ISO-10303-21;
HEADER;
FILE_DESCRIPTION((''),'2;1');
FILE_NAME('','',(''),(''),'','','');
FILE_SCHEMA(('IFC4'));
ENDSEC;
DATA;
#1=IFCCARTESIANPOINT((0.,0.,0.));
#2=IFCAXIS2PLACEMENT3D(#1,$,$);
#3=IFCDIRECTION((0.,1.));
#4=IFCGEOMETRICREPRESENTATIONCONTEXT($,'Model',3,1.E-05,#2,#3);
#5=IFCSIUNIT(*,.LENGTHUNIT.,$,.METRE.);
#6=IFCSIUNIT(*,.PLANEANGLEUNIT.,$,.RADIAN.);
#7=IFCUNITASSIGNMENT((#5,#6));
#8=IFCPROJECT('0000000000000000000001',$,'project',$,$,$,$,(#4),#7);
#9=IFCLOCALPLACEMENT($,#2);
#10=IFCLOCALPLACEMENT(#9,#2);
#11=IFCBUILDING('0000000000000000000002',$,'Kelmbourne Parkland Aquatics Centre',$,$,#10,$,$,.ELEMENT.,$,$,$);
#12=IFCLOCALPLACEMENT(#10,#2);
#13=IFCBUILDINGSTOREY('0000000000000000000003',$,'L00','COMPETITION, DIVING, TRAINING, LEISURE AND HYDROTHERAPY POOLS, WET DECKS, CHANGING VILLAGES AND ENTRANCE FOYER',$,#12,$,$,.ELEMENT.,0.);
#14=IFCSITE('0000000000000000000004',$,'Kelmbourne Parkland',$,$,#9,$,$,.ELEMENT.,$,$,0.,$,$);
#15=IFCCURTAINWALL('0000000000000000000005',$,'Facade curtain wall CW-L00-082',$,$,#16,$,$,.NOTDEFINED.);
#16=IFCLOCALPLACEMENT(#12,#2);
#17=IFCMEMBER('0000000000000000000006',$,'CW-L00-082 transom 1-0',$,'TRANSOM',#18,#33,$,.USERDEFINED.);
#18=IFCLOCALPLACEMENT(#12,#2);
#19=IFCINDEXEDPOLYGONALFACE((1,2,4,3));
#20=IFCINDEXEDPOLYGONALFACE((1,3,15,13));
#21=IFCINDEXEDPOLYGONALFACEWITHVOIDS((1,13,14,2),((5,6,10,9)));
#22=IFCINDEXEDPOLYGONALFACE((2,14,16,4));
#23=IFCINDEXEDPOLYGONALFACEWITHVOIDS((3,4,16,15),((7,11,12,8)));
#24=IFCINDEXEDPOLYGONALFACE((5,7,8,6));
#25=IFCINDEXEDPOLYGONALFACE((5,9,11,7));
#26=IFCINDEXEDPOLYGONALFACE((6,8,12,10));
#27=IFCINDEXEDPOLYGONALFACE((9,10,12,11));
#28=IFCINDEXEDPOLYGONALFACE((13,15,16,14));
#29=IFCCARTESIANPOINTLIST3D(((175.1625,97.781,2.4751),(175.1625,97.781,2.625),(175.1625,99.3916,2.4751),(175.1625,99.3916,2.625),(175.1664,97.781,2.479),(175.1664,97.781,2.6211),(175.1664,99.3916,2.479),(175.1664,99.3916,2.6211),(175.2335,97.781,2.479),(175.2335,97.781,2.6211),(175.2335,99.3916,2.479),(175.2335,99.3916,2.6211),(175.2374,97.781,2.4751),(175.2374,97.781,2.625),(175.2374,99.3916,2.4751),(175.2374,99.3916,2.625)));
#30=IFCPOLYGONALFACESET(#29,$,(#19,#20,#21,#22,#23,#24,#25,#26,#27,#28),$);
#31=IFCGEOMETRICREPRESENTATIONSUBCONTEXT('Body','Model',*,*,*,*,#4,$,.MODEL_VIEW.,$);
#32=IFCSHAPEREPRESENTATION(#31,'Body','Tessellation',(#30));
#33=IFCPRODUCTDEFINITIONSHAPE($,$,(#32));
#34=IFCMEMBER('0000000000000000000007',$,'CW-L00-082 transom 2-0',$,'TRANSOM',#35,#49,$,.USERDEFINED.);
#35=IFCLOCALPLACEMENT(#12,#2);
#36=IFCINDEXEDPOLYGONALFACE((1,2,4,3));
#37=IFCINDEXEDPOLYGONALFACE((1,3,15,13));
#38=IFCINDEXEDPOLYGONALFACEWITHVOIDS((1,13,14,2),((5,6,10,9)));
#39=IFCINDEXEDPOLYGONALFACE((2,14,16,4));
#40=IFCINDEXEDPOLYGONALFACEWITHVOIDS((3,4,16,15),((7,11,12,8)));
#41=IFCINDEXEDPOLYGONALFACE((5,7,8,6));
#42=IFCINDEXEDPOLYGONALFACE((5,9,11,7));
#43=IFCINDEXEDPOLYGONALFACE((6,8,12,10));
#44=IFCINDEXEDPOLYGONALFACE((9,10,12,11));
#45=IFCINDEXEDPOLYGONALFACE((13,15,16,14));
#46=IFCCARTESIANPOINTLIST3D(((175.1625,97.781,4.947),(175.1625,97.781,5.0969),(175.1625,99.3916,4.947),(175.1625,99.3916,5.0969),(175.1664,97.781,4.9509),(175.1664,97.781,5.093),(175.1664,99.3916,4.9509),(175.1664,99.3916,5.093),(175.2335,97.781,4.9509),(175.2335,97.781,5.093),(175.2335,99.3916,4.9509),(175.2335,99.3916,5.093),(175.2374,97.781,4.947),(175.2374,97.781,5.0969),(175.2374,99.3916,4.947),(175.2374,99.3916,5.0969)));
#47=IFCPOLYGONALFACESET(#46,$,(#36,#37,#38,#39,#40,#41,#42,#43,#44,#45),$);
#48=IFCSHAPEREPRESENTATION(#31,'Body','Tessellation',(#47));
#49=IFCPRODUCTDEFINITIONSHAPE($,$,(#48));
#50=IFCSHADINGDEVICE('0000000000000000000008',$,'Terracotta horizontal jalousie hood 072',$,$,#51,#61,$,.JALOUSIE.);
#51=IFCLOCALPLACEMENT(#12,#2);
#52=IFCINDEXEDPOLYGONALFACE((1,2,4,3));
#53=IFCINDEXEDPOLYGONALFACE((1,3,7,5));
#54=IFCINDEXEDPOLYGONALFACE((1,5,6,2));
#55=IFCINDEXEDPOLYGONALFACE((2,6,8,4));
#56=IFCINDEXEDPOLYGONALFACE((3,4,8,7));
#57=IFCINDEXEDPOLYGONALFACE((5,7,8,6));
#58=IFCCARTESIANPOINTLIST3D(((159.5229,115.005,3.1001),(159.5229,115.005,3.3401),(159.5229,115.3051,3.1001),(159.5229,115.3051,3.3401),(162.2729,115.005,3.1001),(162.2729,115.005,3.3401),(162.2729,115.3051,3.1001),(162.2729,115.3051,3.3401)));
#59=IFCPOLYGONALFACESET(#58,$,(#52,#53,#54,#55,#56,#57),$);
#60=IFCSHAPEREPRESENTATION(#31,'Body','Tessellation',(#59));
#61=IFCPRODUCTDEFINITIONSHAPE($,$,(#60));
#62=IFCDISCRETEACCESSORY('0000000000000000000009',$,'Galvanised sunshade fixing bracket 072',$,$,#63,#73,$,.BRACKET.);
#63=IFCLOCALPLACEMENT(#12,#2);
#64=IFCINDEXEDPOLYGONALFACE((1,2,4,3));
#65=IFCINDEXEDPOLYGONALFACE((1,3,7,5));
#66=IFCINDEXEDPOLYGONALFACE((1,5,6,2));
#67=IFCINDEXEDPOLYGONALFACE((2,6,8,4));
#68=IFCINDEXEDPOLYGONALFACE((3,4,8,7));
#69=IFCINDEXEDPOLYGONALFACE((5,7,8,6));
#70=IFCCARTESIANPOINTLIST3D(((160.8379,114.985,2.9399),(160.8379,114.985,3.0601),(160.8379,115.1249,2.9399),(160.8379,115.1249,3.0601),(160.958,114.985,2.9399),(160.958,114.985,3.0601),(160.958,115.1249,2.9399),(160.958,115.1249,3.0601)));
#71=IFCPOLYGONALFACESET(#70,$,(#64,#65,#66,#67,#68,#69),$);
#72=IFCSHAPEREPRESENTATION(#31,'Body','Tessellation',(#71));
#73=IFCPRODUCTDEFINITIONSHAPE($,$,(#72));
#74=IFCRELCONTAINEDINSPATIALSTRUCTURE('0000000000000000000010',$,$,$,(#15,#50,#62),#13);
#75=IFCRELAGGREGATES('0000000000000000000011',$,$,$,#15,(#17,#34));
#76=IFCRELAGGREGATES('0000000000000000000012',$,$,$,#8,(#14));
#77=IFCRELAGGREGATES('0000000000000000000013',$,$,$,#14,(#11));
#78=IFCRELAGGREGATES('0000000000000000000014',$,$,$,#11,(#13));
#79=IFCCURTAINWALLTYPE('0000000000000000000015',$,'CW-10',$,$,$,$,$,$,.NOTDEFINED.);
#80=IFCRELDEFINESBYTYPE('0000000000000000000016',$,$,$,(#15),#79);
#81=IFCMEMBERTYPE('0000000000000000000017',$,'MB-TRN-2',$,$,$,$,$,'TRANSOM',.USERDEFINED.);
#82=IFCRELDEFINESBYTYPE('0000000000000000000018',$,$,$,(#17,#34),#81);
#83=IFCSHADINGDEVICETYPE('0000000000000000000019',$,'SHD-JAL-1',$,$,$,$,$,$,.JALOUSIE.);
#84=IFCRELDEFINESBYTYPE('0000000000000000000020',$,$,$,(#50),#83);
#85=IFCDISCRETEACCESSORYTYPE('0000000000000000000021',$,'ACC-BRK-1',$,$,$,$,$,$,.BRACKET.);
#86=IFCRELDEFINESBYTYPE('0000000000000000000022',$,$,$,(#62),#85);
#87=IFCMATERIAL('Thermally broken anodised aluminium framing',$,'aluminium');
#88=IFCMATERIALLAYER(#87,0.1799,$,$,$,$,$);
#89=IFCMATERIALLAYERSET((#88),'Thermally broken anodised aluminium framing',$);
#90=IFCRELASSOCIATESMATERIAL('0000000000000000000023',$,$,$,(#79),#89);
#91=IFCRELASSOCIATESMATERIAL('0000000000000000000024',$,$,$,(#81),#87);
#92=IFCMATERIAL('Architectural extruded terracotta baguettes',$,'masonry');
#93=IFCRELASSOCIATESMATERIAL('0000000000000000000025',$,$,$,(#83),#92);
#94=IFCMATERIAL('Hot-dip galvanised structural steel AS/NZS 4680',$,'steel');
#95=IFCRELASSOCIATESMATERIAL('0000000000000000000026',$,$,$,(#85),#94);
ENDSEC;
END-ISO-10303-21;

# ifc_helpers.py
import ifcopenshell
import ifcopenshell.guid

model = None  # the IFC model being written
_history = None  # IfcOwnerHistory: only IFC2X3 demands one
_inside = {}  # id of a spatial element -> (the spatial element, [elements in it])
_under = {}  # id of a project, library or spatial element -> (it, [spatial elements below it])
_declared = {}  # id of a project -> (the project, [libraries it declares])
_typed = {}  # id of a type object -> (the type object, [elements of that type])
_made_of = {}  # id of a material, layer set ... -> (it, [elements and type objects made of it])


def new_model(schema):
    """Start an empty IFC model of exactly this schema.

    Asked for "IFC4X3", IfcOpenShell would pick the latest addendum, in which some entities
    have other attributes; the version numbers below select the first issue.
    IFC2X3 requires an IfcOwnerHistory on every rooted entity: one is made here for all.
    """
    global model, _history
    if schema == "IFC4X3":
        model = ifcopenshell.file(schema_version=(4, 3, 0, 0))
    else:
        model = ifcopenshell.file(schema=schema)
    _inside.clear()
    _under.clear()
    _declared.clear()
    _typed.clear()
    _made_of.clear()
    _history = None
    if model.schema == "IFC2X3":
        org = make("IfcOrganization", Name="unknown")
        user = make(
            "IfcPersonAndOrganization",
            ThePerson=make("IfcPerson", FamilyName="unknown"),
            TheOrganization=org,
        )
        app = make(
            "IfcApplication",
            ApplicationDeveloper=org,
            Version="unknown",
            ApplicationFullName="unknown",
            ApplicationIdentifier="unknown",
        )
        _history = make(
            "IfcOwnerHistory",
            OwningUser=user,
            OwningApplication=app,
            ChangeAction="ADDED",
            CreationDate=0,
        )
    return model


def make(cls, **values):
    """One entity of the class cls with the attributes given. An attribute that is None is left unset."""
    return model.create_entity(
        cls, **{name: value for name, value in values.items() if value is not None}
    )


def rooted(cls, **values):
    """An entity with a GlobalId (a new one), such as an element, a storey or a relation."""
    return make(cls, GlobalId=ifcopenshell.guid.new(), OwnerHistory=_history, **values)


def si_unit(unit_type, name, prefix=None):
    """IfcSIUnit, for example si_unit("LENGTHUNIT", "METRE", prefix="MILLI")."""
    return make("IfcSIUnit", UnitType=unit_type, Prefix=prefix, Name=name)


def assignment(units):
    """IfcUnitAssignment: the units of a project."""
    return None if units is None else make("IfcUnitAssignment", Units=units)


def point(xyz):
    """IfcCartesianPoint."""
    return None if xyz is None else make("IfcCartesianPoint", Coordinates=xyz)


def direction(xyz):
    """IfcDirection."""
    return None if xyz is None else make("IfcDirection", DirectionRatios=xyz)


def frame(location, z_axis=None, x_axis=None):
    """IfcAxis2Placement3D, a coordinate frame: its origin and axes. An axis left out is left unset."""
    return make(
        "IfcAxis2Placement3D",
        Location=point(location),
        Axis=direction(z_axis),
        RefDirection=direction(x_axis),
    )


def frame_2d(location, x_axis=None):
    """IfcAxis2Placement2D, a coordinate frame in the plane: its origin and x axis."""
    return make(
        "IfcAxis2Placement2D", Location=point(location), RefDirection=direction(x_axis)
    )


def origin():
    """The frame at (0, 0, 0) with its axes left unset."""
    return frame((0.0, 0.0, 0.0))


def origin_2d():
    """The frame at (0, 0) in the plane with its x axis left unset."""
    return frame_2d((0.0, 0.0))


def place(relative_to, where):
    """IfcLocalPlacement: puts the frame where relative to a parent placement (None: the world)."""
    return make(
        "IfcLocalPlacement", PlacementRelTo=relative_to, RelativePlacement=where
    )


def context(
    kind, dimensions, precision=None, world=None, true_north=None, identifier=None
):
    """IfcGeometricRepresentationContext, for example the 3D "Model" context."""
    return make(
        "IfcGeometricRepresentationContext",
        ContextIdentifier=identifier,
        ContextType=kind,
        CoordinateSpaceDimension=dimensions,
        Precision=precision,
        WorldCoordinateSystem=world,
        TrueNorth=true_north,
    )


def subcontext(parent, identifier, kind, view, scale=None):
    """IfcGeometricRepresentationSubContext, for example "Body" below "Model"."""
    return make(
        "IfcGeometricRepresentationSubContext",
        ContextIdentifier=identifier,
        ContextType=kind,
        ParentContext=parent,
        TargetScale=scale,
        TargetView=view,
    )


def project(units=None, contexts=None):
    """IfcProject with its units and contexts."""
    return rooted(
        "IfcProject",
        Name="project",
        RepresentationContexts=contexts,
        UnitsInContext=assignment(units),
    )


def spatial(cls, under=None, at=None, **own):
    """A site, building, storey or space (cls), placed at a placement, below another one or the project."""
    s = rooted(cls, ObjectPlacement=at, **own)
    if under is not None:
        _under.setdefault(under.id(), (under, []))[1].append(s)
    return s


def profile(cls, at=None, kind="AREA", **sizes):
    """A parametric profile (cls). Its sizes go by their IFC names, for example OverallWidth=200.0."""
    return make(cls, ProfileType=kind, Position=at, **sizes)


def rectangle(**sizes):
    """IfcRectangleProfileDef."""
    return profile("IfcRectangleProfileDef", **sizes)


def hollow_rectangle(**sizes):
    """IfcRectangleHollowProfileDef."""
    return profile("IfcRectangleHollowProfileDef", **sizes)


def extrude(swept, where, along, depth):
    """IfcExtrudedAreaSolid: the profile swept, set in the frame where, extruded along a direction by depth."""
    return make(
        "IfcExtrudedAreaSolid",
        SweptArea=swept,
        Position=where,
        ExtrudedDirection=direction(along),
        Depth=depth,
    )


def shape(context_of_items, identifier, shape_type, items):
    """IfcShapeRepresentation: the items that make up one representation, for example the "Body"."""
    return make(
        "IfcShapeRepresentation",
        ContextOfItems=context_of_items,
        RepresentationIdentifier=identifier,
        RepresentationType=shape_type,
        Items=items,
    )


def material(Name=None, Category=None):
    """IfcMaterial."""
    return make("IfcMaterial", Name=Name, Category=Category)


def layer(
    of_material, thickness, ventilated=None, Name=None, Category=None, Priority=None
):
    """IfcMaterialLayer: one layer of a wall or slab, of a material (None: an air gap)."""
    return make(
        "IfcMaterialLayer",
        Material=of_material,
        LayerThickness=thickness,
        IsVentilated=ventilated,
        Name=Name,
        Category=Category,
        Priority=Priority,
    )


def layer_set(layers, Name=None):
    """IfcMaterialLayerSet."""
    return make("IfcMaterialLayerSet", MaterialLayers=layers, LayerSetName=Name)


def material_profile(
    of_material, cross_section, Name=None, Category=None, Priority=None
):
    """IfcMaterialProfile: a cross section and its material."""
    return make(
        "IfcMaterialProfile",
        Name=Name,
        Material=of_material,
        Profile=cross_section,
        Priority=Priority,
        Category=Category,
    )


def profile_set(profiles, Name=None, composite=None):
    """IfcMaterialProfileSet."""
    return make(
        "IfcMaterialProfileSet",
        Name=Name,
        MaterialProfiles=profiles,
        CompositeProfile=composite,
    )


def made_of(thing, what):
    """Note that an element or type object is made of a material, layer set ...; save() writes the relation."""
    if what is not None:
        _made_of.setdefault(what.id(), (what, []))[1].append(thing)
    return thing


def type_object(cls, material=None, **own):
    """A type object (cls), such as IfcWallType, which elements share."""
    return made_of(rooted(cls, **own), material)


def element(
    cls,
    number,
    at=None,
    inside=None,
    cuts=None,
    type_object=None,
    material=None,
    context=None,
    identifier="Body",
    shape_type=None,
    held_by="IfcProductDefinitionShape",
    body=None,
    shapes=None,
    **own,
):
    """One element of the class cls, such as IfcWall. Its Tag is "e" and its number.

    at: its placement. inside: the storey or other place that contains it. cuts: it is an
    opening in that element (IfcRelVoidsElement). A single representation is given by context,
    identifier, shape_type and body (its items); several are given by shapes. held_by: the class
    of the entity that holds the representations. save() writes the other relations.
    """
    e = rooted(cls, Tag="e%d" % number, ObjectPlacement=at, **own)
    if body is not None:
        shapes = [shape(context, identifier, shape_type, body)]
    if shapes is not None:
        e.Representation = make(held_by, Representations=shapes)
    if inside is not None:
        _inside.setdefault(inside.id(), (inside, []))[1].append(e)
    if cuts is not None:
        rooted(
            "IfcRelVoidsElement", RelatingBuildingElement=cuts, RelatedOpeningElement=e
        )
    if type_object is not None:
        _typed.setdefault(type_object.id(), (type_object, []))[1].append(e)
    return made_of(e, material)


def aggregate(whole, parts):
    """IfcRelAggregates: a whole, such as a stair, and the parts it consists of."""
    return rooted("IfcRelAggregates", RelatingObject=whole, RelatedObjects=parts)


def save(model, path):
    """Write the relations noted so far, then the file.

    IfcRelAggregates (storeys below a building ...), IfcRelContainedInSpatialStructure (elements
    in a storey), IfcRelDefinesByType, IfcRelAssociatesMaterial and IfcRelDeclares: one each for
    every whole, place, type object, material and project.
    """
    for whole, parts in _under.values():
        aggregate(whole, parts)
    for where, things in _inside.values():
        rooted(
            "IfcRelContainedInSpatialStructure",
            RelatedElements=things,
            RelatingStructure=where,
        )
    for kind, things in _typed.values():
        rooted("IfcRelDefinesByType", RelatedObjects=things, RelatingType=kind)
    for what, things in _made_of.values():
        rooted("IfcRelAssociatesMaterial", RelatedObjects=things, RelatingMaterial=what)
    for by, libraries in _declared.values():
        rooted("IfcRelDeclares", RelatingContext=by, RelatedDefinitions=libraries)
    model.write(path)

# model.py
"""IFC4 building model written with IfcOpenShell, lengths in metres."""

from ifc_helpers import new_model, si_unit, direction, frame, origin, origin_2d, place, context, subcontext, project, spatial, rectangle, hollow_rectangle, extrude, material, layer, layer_set, material_profile, profile_set, type_object, element, aggregate, save


model = new_model("IFC4")

# Units and contexts
model_context = context("Model", 3, precision=1e-05, world=origin(), true_north=direction((0.0, 1.0)))
body_context = subcontext(model_context, "Body", "Model", "MODEL_VIEW")
ifc_project = project(units=[si_unit("LENGTHUNIT", "METRE"), si_unit("PLANEANGLEUNIT", "RADIAN")], contexts=[model_context])

# Site, building, storey
site_placement = place(None, origin())
site = spatial("IfcSite", under=ifc_project, at=site_placement, Name="Kelmbourne Parkland", CompositionType="ELEMENT", RefElevation=0.0)
building_placement = place(site_placement, origin())
building = spatial("IfcBuilding", under=site, at=building_placement, Name="Kelmbourne Parkland Aquatics Centre", CompositionType="ELEMENT")
storey_placement = place(building_placement, origin())
storey = spatial("IfcBuildingStorey", under=building, at=storey_placement, Name="L00", Description="COMPETITION, DIVING, TRAINING, LEISURE AND HYDROTHERAPY POOLS, WET DECKS, CHANGING VILLAGES AND ENTRANCE FOYER", CompositionType="ELEMENT", Elevation=0.0)

# Curtain wall, members
ifc_material_1 = material(Name="Thermally broken anodised aluminium framing", Category="aluminium")
ifc_layer_1 = layer(ifc_material_1, 0.1799)
ifc_layer_set_1 = layer_set([ifc_layer_1], Name="Thermally broken anodised aluminium framing")
curtain_wall_type = type_object("IfcCurtainWallType", Name="CW-10", PredefinedType="NOTDEFINED", material=ifc_layer_set_1)
curtain_wall_placement = place(storey_placement, origin())
curtain_wall = element("IfcCurtainWall", 1, at=curtain_wall_placement, inside=storey, type_object=curtain_wall_type, Name="Facade curtain wall CW-L00-082", PredefinedType="NOTDEFINED")
ifc_material_profile_1 = material_profile(ifc_material_1, hollow_rectangle(XDim=0.075, YDim=0.1499, WallThickness=0.0039, at=origin_2d()), Name="CW-T 75x150")
ifc_profile_set_1 = profile_set([ifc_material_profile_1], Name="Thermally broken anodised aluminium framing")
member_type = type_object("IfcMemberType", Name="MB-TRN-2", ElementType="TRANSOM", PredefinedType="USERDEFINED", material=ifc_profile_set_1)
member_1_placement = place(storey_placement, frame((175.2, 97.781, 2.55), z_axis=(0.0, 1.0, 0.0), x_axis=(-1.0, 0.0, 0.0)))
member_1 = element("IfcMember", 2, at=member_1_placement, type_object=member_type, Name="CW-L00-082 transom 1-0", ObjectType="TRANSOM", PredefinedType="USERDEFINED", context=body_context, shape_type="SweptSolid", body=[
    extrude(hollow_rectangle(XDim=0.075, YDim=0.1499, WallThickness=0.0039, at=origin_2d()), origin(), (0.0, 0.0, 1.0), 1.6106),
])
member_2_placement = place(storey_placement, frame((175.2, 97.781, 5.022), z_axis=(0.0, 1.0, 0.0), x_axis=(-1.0, 0.0, 0.0)))
member_2 = element("IfcMember", 3, at=member_2_placement, type_object=member_type, Name="CW-L00-082 transom 2-0", ObjectType="TRANSOM", PredefinedType="USERDEFINED", context=body_context, shape_type="SweptSolid", body=[
    extrude(hollow_rectangle(XDim=0.075, YDim=0.1499, WallThickness=0.0039, at=origin_2d()), origin(), (0.0, 0.0, 1.0), 1.6106),
])
aggregate(curtain_wall, [member_1, member_2])

# Shading device
ifc_material_2 = material(Name="Architectural extruded terracotta baguettes", Category="masonry")
shading_device_type = type_object("IfcShadingDeviceType", Name="SHD-JAL-1", PredefinedType="JALOUSIE", material=ifc_material_2)
shading_device_placement = place(storey_placement, frame((160.8979, 115.155, 3.1001), z_axis=(0.0, 0.0, 1.0), x_axis=(1.0, 0.0, 0.0)))
element("IfcShadingDevice", 4, at=shading_device_placement, inside=storey, type_object=shading_device_type, Name="Terracotta horizontal jalousie hood 072", PredefinedType="JALOUSIE", context=body_context, shape_type="SweptSolid", body=[
    extrude(rectangle(XDim=2.75, YDim=0.3, at=origin_2d()), origin(), (0.0, 0.0, 1.0), 0.24),
])

# Discrete accessory
ifc_material_3 = material(Name="Hot-dip galvanised structural steel AS/NZS 4680", Category="steel")
discrete_accessory_type = type_object("IfcDiscreteAccessoryType", Name="ACC-BRK-1", PredefinedType="BRACKET", material=ifc_material_3)
discrete_accessory_placement = place(storey_placement, frame((160.8979, 115.0549, 2.9399), z_axis=(0.0, 0.0, 1.0), x_axis=(1.0, 0.0, 0.0)))
element("IfcDiscreteAccessory", 5, at=discrete_accessory_placement, inside=storey, type_object=discrete_accessory_type, Name="Galvanised sunshade fixing bracket 072", PredefinedType="BRACKET", context=body_context, shape_type="SweptSolid", body=[
    extrude(rectangle(XDim=0.1201, YDim=0.1399, at=origin_2d()), origin(), (0.0, 0.0, 1.0), 0.1201),
])

save(model, "model.ifc")
